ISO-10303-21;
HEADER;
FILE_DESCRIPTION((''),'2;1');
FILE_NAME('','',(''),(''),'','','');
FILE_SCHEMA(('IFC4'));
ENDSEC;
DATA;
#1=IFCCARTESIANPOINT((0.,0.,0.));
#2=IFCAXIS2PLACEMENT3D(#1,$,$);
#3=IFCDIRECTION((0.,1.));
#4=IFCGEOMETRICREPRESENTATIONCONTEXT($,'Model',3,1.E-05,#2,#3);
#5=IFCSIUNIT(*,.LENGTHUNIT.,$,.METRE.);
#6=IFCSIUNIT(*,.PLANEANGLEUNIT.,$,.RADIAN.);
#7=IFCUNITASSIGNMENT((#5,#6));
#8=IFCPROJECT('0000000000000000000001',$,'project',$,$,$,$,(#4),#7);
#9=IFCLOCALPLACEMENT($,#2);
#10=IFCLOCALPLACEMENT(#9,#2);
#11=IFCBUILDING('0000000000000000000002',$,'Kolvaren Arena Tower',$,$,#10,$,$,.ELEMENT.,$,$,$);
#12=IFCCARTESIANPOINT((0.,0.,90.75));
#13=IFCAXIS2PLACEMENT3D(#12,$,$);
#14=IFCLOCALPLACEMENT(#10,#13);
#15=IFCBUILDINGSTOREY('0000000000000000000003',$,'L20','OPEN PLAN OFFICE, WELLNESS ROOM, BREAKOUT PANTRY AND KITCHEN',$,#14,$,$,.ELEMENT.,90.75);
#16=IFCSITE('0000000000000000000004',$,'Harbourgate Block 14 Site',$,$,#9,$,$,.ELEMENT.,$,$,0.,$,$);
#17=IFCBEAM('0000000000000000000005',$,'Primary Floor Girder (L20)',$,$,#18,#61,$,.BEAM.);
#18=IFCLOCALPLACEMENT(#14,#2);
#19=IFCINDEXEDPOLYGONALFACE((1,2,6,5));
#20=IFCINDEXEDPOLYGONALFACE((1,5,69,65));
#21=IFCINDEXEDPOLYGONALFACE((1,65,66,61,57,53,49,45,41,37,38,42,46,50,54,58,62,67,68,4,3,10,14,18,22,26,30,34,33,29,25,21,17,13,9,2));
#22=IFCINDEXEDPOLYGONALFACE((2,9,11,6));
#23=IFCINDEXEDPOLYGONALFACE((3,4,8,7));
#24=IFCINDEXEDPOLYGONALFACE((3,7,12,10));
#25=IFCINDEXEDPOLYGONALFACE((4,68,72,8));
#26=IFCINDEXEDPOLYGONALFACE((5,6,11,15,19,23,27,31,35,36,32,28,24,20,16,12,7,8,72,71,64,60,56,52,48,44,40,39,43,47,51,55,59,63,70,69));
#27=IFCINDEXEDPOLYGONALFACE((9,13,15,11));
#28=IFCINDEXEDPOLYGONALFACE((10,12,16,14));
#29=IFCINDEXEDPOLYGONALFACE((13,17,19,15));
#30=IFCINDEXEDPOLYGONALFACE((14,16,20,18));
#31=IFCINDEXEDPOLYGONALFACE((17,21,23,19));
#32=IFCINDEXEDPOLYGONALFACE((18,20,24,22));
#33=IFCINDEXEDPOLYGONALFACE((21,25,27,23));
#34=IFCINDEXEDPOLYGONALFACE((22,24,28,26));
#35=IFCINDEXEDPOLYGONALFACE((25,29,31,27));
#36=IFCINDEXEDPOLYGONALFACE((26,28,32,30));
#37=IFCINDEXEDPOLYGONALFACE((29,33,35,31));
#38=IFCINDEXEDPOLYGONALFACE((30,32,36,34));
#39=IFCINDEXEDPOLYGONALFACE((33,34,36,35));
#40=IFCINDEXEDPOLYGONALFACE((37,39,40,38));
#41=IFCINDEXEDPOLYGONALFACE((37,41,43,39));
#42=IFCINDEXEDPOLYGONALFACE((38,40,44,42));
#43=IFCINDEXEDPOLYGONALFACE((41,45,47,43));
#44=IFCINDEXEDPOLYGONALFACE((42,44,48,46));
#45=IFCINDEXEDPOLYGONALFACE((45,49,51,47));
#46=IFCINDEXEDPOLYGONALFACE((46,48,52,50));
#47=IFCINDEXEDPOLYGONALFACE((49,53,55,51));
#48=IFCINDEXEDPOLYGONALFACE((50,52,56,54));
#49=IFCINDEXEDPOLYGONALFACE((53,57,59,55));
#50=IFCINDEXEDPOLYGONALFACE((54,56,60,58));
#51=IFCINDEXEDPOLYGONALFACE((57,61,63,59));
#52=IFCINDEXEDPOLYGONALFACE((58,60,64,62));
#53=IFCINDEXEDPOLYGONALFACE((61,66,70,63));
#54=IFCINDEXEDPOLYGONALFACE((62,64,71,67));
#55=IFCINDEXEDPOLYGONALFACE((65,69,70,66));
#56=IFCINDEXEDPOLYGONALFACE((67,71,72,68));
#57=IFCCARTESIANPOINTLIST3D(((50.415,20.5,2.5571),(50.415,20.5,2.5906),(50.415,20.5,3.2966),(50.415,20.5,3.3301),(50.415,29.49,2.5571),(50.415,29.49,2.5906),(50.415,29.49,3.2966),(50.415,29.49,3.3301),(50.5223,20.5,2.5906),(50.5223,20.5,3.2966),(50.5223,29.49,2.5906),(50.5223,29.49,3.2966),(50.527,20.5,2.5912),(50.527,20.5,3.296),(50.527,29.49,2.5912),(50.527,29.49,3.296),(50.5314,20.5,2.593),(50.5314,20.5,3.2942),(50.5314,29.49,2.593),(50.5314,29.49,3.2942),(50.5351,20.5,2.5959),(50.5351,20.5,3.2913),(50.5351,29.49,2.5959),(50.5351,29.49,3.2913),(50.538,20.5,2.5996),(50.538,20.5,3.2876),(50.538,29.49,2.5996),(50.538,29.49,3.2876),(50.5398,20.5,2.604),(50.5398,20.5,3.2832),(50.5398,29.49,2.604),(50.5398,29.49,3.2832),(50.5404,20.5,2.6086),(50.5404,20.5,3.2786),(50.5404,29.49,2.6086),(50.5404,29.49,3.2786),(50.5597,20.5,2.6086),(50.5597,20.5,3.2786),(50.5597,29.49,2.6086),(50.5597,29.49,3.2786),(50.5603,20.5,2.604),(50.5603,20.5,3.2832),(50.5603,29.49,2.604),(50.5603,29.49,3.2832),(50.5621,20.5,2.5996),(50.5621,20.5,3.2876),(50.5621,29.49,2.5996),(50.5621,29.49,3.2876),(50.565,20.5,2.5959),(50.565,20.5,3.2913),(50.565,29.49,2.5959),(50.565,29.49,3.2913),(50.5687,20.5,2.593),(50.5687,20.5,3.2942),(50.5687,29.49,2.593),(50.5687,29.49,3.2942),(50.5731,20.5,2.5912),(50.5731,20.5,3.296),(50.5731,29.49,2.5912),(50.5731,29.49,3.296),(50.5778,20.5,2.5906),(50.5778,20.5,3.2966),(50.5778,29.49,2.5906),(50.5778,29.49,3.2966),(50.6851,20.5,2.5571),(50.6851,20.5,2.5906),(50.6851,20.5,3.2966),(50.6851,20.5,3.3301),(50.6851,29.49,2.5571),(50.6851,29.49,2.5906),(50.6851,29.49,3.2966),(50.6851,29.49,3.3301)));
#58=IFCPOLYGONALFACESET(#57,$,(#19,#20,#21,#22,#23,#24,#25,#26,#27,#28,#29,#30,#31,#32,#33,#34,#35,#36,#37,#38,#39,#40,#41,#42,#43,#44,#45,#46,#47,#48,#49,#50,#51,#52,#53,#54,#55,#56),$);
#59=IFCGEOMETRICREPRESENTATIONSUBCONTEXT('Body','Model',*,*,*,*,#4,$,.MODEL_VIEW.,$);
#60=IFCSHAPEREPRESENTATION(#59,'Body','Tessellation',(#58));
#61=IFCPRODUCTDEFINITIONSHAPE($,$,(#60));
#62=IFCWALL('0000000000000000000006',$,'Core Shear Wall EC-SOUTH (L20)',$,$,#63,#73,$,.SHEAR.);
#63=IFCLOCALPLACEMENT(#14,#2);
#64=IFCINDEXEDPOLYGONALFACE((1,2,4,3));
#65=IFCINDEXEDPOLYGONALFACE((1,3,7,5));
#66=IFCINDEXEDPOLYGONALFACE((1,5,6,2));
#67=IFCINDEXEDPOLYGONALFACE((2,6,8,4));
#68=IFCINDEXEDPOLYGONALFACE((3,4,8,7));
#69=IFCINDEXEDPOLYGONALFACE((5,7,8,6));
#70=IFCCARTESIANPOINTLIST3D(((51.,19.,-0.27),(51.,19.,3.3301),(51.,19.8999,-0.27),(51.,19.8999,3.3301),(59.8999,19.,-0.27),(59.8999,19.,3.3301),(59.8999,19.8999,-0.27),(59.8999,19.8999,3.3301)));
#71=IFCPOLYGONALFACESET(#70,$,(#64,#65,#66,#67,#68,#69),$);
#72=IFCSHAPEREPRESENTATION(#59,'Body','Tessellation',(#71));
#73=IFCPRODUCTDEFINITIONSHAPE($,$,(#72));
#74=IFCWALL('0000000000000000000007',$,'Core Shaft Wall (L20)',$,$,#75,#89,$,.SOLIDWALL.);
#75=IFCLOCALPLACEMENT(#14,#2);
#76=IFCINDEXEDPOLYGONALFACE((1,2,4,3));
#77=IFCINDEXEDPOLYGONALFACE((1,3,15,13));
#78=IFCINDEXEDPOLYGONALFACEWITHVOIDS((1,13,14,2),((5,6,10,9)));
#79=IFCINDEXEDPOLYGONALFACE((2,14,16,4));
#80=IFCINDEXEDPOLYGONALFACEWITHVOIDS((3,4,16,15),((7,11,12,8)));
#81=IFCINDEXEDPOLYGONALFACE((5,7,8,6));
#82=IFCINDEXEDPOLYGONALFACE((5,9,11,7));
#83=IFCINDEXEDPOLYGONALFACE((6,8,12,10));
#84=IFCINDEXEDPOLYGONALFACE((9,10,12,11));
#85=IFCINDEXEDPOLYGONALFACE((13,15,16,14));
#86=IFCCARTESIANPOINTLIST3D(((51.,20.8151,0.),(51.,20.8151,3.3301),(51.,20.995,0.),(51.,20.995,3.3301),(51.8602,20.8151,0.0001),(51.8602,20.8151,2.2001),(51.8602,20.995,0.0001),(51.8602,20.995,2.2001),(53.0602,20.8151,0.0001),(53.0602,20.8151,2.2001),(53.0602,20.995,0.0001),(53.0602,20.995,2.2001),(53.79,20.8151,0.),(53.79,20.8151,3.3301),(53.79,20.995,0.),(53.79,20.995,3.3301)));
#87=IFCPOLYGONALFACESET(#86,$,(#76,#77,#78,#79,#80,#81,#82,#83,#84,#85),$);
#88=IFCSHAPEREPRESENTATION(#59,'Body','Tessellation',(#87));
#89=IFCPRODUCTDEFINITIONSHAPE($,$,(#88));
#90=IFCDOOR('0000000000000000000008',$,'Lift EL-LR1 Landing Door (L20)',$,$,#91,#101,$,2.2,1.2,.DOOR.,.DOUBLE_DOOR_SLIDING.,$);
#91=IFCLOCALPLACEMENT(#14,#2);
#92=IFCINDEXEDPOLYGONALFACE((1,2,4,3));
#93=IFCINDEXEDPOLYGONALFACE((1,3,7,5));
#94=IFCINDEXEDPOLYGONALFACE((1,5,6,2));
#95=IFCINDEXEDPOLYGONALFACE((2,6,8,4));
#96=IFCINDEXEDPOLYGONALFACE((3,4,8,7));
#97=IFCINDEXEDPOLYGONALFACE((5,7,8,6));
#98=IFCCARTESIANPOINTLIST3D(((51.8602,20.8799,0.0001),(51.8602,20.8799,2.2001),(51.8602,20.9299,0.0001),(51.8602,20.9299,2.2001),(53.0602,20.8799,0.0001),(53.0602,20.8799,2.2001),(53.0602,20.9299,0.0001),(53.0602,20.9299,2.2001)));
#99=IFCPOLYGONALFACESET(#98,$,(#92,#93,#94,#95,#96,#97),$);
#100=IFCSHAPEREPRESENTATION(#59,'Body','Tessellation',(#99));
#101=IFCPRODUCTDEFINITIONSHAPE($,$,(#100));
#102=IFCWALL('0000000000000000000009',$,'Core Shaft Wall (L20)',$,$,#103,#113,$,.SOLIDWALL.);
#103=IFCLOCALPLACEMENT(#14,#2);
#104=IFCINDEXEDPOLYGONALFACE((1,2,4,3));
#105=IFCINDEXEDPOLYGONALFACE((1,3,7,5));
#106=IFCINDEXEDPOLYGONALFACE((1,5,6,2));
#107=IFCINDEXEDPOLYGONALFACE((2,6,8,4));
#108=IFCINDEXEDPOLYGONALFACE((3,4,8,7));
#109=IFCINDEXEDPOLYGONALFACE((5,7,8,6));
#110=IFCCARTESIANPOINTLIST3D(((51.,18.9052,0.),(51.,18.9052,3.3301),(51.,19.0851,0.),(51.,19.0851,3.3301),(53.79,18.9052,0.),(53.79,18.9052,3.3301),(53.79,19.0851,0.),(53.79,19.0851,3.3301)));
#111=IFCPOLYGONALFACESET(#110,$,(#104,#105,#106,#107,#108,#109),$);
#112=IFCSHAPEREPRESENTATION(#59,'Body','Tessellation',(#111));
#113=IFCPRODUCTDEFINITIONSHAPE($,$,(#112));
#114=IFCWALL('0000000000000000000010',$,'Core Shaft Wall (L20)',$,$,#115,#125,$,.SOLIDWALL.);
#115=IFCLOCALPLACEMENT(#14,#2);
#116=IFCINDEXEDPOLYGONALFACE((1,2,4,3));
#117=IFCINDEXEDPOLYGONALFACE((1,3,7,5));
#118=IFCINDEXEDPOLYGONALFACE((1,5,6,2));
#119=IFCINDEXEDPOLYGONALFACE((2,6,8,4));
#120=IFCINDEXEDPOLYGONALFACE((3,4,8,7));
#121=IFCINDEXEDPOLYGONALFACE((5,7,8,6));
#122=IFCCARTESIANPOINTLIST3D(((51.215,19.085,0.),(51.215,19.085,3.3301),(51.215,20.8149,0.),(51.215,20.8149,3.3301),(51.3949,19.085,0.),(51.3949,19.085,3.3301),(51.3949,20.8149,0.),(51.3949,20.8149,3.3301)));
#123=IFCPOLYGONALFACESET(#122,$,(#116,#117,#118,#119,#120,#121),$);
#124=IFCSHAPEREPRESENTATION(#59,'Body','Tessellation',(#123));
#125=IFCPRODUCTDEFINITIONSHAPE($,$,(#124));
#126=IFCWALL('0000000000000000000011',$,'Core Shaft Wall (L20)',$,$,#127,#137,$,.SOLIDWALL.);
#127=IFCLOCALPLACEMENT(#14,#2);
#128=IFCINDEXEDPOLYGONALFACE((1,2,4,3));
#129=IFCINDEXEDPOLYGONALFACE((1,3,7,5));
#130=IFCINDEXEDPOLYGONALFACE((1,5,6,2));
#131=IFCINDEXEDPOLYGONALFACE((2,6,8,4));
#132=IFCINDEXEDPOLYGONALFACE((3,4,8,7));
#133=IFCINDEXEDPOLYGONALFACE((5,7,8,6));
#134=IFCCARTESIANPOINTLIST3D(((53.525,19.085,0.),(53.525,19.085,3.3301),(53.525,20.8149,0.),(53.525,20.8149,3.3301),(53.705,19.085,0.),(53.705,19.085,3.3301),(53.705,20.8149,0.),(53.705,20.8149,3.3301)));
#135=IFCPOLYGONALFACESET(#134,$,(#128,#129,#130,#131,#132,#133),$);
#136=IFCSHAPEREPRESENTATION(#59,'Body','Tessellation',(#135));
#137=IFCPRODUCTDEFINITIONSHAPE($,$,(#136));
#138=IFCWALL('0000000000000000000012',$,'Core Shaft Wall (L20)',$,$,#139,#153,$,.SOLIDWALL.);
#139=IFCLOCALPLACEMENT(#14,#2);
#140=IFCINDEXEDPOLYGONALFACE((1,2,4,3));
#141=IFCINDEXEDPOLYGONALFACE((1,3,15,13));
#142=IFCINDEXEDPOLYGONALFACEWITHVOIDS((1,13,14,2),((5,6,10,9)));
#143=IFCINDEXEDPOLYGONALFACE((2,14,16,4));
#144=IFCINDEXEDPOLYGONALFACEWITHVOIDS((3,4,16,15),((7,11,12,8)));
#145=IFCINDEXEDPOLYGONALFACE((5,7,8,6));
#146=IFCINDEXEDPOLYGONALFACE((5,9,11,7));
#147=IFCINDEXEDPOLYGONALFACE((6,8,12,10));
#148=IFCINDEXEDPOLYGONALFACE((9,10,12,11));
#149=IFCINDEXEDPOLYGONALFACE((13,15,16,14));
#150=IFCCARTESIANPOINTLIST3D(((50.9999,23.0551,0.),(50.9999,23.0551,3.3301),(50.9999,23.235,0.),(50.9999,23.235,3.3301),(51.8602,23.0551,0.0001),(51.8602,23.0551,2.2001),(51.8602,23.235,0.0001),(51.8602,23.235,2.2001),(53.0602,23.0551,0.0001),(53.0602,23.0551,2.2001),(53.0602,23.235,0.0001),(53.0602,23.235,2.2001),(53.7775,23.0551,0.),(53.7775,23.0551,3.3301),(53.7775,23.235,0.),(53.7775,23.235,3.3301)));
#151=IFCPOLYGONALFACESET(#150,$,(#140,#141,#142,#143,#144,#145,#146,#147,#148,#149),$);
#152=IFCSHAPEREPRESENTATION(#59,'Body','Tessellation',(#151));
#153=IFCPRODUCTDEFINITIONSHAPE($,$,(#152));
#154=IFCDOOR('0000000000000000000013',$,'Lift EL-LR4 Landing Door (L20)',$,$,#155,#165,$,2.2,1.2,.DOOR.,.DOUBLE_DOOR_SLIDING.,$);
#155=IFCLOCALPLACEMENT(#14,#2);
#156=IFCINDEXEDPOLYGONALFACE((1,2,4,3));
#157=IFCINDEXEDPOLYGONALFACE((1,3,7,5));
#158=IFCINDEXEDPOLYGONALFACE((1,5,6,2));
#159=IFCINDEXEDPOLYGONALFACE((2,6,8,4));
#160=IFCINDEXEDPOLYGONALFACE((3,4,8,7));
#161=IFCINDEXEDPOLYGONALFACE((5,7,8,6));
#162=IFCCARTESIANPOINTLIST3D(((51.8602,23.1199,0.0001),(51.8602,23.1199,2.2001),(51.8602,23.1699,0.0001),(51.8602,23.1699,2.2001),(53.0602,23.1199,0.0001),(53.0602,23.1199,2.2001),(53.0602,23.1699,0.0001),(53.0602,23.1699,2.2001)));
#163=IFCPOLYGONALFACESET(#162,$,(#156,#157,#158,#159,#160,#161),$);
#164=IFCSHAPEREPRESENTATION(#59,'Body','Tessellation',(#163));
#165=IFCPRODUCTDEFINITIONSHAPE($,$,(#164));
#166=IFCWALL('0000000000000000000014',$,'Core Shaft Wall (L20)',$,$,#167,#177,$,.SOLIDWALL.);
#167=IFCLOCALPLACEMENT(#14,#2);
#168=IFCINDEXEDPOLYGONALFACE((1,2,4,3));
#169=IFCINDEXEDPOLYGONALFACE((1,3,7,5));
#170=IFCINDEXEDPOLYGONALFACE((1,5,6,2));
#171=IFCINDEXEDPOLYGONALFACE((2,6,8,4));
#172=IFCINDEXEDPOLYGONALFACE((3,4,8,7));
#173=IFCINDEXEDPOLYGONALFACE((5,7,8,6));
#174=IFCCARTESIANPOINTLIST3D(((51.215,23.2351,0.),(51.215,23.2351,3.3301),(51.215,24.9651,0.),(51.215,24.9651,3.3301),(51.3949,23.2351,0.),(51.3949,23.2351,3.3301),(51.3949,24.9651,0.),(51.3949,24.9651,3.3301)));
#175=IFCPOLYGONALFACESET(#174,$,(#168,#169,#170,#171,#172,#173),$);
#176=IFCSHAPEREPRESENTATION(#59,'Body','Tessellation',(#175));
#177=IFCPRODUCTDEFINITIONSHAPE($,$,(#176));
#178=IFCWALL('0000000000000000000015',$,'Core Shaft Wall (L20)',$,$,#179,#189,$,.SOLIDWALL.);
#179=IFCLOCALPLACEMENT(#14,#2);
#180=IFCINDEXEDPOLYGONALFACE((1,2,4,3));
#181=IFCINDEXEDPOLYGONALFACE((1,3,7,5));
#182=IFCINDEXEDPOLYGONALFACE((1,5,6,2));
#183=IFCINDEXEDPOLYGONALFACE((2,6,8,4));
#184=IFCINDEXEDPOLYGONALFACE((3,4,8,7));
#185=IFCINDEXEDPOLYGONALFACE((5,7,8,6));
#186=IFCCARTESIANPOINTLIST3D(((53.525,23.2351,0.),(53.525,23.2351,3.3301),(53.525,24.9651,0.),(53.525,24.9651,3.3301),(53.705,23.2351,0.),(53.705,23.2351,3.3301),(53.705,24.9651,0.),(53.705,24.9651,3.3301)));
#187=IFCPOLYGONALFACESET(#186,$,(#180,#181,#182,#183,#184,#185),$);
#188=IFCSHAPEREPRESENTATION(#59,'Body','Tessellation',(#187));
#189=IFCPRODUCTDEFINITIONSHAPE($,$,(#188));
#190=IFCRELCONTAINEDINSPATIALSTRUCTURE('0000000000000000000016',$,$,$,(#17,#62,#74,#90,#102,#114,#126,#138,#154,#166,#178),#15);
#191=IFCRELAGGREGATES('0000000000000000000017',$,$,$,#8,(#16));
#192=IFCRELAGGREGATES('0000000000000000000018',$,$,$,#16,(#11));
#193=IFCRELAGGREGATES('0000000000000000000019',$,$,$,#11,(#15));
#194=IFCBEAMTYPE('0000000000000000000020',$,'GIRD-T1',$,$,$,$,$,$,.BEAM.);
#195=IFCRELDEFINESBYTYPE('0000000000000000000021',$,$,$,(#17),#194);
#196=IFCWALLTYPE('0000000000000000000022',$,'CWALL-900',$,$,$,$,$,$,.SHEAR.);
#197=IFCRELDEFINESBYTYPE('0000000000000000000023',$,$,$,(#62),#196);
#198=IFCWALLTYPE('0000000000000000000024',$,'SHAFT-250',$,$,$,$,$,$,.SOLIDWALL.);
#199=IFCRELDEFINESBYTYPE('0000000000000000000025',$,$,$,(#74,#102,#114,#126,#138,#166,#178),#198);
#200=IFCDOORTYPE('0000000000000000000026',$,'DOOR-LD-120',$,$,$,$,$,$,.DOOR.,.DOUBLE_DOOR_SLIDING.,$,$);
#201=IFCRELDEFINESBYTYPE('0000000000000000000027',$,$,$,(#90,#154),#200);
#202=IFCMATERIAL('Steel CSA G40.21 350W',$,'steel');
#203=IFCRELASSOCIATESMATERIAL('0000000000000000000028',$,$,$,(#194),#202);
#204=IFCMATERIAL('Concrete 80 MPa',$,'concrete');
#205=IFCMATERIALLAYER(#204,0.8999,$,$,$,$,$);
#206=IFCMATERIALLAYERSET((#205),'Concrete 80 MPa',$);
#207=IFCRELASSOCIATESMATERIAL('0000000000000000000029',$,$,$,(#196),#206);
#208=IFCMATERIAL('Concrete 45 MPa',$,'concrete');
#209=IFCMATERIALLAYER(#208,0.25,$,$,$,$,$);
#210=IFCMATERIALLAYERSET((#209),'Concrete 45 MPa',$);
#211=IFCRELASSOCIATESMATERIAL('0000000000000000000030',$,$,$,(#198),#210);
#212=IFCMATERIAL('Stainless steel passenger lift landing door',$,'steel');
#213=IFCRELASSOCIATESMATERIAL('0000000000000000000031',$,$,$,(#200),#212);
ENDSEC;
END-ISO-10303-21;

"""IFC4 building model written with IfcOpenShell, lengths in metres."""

from ifc_helpers import new_model, si_unit, direction, frame, frame_2d, origin, origin_2d, place, context, subcontext, project, spatial, rectangle, i_section, extrude, material, layer, layer_set, material_profile, profile_set, type_object, element, fill, save


model = new_model("IFC4")

# Units and contexts
model_context = context("Model", 3, precision=1e-05, world=origin(), true_north=direction((0.0, 1.0)))
body_context = subcontext(model_context, "Body", "Model", "MODEL_VIEW")
ifc_project = project(units=[si_unit("LENGTHUNIT", "METRE"), si_unit("PLANEANGLEUNIT", "RADIAN")], contexts=[model_context])

# Site, building, storey
site_placement = place(None, origin())
site = spatial("IfcSite", under=ifc_project, at=site_placement, Name="Harbourgate Block 14 Site", CompositionType="ELEMENT", RefElevation=0.0)
building_placement = place(site_placement, origin())
building = spatial("IfcBuilding", under=site, at=building_placement, Name="Kolvaren Arena Tower", CompositionType="ELEMENT")
storey_placement = place(building_placement, frame((0.0, 0.0, 90.75)))
storey = spatial("IfcBuildingStorey", under=building, at=storey_placement, Name="L20", Description="OPEN PLAN OFFICE, WELLNESS ROOM, BREAKOUT PANTRY AND KITCHEN", CompositionType="ELEMENT", Elevation=90.75)

# Beam
ifc_material_1 = material(Name="Steel CSA G40.21 350W", Category="steel")
ifc_material_profile = material_profile(ifc_material_1, i_section(OverallWidth=0.27, OverallDepth=0.7729, WebThickness=0.0193, FlangeThickness=0.0334, FilletRadius=0.0181, at=origin_2d()), Name="W760x257")
ifc_profile_set = profile_set([ifc_material_profile], Name="Steel CSA G40.21 350W")
beam_type = type_object("IfcBeamType", Name="GIRD-T1", PredefinedType="BEAM", material=ifc_profile_set)
beam_placement = place(storey_placement, frame((50.55, 20.5, 2.9436), z_axis=(0.0, 1.0, 0.0), x_axis=(-1.0, 0.0, 0.0)))
element("IfcBeam", 1, at=beam_placement, inside=storey, type_object=beam_type, Name="Primary Floor Girder (L20)", PredefinedType="BEAM", context=body_context, shape_type="SweptSolid", body=[
    extrude(i_section(OverallWidth=0.27, OverallDepth=0.7729, WebThickness=0.0193, FlangeThickness=0.0334, FilletRadius=0.0181, at=origin_2d()), origin(), (0.0, 0.0, 1.0), 8.99),
])

# Wall
ifc_material_2 = material(Name="Concrete 80 MPa", Category="concrete")
ifc_layer_1 = layer(ifc_material_2, 0.8999)
ifc_layer_set_1 = layer_set([ifc_layer_1], Name="Concrete 80 MPa")
wall_type_1 = type_object("IfcWallType", Name="CWALL-900", PredefinedType="SHEAR", material=ifc_layer_set_1)
wall_1_placement = place(storey_placement, frame((51.0, 19.45, -0.27), z_axis=(0.0, 0.0, 1.0), x_axis=(1.0, 0.0, 0.0)))
element("IfcWall", 2, at=wall_1_placement, inside=storey, type_object=wall_type_1, Name="Core Shear Wall EC-SOUTH (L20)", PredefinedType="SHEAR", context=body_context, shape_type="SweptSolid", body=[
    extrude(rectangle(XDim=8.8999, YDim=0.8999, at=frame_2d((4.45, 0.0))), origin(), (0.0, 0.0, 1.0), 3.6001),
])

# Wall, opening, door
ifc_material_3 = material(Name="Concrete 45 MPa", Category="concrete")
ifc_layer_2 = layer(ifc_material_3, 0.25)
ifc_layer_set_2 = layer_set([ifc_layer_2], Name="Concrete 45 MPa")
wall_type_2 = type_object("IfcWallType", Name="SHAFT-250", PredefinedType="SOLIDWALL", material=ifc_layer_set_2)
wall_2_placement = place(storey_placement, frame((51.0, 20.905, 0.0), z_axis=(0.0, 0.0, 1.0), x_axis=(1.0, 0.0, 0.0)))
wall_2 = element("IfcWall", 3, at=wall_2_placement, inside=storey, type_object=wall_type_2, Name="Core Shaft Wall (L20)", PredefinedType="SOLIDWALL", context=body_context, shape_type="SweptSolid", body=[
    extrude(rectangle(XDim=2.79, YDim=0.1799, at=frame_2d((1.395, 0.0))), origin(), (0.0, 0.0, 1.0), 3.3301),
])
opening_1_placement = place(wall_2_placement, frame((0.8601, 0.0, 0.0)))
opening_1 = element("IfcOpeningElement", 4, at=opening_1_placement, cuts=wall_2, PredefinedType="OPENING", context=body_context, shape_type="SweptSolid", body=[
    extrude(rectangle(XDim=1.2, YDim=2.2, at=frame_2d((0.6001, 1.1001))), frame((0.0, 0.0999, 0.0), z_axis=(0.0, -1.0, 0.0), x_axis=(1.0, 0.0, 0.0)), (0.0, 0.0, 1.0), 0.2),
])
ifc_material_4 = material(Name="Stainless steel passenger lift landing door", Category="steel")
door_type = type_object("IfcDoorType", Name="DOOR-LD-120", OperationType="DOUBLE_DOOR_SLIDING", PredefinedType="DOOR", material=ifc_material_4)
door_1_placement = place(opening_1_placement, origin())
door_1 = element("IfcDoor", 5, at=door_1_placement, inside=storey, type_object=door_type, Name="Lift EL-LR1 Landing Door (L20)", OperationType="DOUBLE_DOOR_SLIDING", OverallHeight=2.2, OverallWidth=1.2, PredefinedType="DOOR", context=body_context, shape_type="SweptSolid", body=[
    extrude(rectangle(XDim=1.2, YDim=2.2, at=frame_2d((0.6001, 1.1001))), frame((0.0, 0.0249, 0.0), z_axis=(0.0, -1.0, 0.0), x_axis=(1.0, 0.0, 0.0)), (0.0, 0.0, 1.0), 0.05),
])
fill(opening_1, door_1)

# Walls
wall_3_placement = place(storey_placement, frame((51.0, 18.9951, 0.0), z_axis=(0.0, 0.0, 1.0), x_axis=(1.0, 0.0, 0.0)))
element("IfcWall", 6, at=wall_3_placement, inside=storey, type_object=wall_type_2, Name="Core Shaft Wall (L20)", PredefinedType="SOLIDWALL", context=body_context, shape_type="SweptSolid", body=[
    extrude(rectangle(XDim=2.79, YDim=0.1799, at=frame_2d((1.395, 0.0))), origin(), (0.0, 0.0, 1.0), 3.3301),
])
for number, where, z_axis, x_axis, name in (
    (7, (51.3049, 19.085, 0.0), (0.0, 0.0, 1.0), (0.0, 1.0, 0.0), "Core Shaft Wall (L20)"),
    (8, (53.615, 19.085, 0.0), (0.0, 0.0, 1.0), (0.0, 1.0, 0.0), "Core Shaft Wall (L20)"),
):
    element("IfcWall", number, at=place(storey_placement, frame(where, z_axis=z_axis, x_axis=x_axis)), inside=storey, type_object=wall_type_2, Name=name, PredefinedType="SOLIDWALL", context=body_context, shape_type="SweptSolid", body=[
        extrude(rectangle(XDim=1.73, YDim=0.1799, at=frame_2d((0.865, 0.0))), origin(), (0.0, 0.0, 1.0), 3.3301),
    ])

# Wall, opening, door
wall_4_placement = place(storey_placement, frame((51.0, 23.145, 0.0), z_axis=(0.0, 0.0, 1.0), x_axis=(1.0, 0.0, 0.0)))
wall_4 = element("IfcWall", 9, at=wall_4_placement, inside=storey, type_object=wall_type_2, Name="Core Shaft Wall (L20)", PredefinedType="SOLIDWALL", context=body_context, shape_type="SweptSolid", body=[
    extrude(rectangle(XDim=2.7776, YDim=0.1799, at=frame_2d((1.3887, 0.0))), origin(), (0.0, 0.0, 1.0), 3.3301),
])
opening_2_placement = place(wall_4_placement, frame((0.8601, 0.0, 0.0)))
opening_2 = element("IfcOpeningElement", 10, at=opening_2_placement, cuts=wall_4, PredefinedType="OPENING", context=body_context, shape_type="SweptSolid", body=[
    extrude(rectangle(XDim=1.2, YDim=2.2, at=frame_2d((0.6001, 1.1001))), frame((0.0, 0.0999, 0.0), z_axis=(0.0, -1.0, 0.0), x_axis=(1.0, 0.0, 0.0)), (0.0, 0.0, 1.0), 0.2),
])
door_2_placement = place(opening_2_placement, origin())
door_2 = element("IfcDoor", 11, at=door_2_placement, inside=storey, type_object=door_type, Name="Lift EL-LR4 Landing Door (L20)", OperationType="DOUBLE_DOOR_SLIDING", OverallHeight=2.2, OverallWidth=1.2, PredefinedType="DOOR", context=body_context, shape_type="SweptSolid", body=[
    extrude(rectangle(XDim=1.2, YDim=2.2, at=frame_2d((0.6001, 1.1001))), frame((0.0, 0.0249, 0.0), z_axis=(0.0, -1.0, 0.0), x_axis=(1.0, 0.0, 0.0)), (0.0, 0.0, 1.0), 0.05),
])
fill(opening_2, door_2)

# Walls
for number, where, z_axis, x_axis, name in (
    (12, (51.3049, 23.2351, 0.0), (0.0, 0.0, 1.0), (0.0, 1.0, 0.0), "Core Shaft Wall (L20)"),
    (13, (53.615, 23.2351, 0.0), (0.0, 0.0, 1.0), (0.0, 1.0, 0.0), "Core Shaft Wall (L20)"),
):
    element("IfcWall", number, at=place(storey_placement, frame(where, z_axis=z_axis, x_axis=x_axis)), inside=storey, type_object=wall_type_2, Name=name, PredefinedType="SOLIDWALL", context=body_context, shape_type="SweptSolid", body=[
        extrude(rectangle(XDim=1.73, YDim=0.1799, at=frame_2d((0.865, 0.0))), origin(), (0.0, 0.0, 1.0), 3.3301),
    ])

save(model, "model.ifc")
